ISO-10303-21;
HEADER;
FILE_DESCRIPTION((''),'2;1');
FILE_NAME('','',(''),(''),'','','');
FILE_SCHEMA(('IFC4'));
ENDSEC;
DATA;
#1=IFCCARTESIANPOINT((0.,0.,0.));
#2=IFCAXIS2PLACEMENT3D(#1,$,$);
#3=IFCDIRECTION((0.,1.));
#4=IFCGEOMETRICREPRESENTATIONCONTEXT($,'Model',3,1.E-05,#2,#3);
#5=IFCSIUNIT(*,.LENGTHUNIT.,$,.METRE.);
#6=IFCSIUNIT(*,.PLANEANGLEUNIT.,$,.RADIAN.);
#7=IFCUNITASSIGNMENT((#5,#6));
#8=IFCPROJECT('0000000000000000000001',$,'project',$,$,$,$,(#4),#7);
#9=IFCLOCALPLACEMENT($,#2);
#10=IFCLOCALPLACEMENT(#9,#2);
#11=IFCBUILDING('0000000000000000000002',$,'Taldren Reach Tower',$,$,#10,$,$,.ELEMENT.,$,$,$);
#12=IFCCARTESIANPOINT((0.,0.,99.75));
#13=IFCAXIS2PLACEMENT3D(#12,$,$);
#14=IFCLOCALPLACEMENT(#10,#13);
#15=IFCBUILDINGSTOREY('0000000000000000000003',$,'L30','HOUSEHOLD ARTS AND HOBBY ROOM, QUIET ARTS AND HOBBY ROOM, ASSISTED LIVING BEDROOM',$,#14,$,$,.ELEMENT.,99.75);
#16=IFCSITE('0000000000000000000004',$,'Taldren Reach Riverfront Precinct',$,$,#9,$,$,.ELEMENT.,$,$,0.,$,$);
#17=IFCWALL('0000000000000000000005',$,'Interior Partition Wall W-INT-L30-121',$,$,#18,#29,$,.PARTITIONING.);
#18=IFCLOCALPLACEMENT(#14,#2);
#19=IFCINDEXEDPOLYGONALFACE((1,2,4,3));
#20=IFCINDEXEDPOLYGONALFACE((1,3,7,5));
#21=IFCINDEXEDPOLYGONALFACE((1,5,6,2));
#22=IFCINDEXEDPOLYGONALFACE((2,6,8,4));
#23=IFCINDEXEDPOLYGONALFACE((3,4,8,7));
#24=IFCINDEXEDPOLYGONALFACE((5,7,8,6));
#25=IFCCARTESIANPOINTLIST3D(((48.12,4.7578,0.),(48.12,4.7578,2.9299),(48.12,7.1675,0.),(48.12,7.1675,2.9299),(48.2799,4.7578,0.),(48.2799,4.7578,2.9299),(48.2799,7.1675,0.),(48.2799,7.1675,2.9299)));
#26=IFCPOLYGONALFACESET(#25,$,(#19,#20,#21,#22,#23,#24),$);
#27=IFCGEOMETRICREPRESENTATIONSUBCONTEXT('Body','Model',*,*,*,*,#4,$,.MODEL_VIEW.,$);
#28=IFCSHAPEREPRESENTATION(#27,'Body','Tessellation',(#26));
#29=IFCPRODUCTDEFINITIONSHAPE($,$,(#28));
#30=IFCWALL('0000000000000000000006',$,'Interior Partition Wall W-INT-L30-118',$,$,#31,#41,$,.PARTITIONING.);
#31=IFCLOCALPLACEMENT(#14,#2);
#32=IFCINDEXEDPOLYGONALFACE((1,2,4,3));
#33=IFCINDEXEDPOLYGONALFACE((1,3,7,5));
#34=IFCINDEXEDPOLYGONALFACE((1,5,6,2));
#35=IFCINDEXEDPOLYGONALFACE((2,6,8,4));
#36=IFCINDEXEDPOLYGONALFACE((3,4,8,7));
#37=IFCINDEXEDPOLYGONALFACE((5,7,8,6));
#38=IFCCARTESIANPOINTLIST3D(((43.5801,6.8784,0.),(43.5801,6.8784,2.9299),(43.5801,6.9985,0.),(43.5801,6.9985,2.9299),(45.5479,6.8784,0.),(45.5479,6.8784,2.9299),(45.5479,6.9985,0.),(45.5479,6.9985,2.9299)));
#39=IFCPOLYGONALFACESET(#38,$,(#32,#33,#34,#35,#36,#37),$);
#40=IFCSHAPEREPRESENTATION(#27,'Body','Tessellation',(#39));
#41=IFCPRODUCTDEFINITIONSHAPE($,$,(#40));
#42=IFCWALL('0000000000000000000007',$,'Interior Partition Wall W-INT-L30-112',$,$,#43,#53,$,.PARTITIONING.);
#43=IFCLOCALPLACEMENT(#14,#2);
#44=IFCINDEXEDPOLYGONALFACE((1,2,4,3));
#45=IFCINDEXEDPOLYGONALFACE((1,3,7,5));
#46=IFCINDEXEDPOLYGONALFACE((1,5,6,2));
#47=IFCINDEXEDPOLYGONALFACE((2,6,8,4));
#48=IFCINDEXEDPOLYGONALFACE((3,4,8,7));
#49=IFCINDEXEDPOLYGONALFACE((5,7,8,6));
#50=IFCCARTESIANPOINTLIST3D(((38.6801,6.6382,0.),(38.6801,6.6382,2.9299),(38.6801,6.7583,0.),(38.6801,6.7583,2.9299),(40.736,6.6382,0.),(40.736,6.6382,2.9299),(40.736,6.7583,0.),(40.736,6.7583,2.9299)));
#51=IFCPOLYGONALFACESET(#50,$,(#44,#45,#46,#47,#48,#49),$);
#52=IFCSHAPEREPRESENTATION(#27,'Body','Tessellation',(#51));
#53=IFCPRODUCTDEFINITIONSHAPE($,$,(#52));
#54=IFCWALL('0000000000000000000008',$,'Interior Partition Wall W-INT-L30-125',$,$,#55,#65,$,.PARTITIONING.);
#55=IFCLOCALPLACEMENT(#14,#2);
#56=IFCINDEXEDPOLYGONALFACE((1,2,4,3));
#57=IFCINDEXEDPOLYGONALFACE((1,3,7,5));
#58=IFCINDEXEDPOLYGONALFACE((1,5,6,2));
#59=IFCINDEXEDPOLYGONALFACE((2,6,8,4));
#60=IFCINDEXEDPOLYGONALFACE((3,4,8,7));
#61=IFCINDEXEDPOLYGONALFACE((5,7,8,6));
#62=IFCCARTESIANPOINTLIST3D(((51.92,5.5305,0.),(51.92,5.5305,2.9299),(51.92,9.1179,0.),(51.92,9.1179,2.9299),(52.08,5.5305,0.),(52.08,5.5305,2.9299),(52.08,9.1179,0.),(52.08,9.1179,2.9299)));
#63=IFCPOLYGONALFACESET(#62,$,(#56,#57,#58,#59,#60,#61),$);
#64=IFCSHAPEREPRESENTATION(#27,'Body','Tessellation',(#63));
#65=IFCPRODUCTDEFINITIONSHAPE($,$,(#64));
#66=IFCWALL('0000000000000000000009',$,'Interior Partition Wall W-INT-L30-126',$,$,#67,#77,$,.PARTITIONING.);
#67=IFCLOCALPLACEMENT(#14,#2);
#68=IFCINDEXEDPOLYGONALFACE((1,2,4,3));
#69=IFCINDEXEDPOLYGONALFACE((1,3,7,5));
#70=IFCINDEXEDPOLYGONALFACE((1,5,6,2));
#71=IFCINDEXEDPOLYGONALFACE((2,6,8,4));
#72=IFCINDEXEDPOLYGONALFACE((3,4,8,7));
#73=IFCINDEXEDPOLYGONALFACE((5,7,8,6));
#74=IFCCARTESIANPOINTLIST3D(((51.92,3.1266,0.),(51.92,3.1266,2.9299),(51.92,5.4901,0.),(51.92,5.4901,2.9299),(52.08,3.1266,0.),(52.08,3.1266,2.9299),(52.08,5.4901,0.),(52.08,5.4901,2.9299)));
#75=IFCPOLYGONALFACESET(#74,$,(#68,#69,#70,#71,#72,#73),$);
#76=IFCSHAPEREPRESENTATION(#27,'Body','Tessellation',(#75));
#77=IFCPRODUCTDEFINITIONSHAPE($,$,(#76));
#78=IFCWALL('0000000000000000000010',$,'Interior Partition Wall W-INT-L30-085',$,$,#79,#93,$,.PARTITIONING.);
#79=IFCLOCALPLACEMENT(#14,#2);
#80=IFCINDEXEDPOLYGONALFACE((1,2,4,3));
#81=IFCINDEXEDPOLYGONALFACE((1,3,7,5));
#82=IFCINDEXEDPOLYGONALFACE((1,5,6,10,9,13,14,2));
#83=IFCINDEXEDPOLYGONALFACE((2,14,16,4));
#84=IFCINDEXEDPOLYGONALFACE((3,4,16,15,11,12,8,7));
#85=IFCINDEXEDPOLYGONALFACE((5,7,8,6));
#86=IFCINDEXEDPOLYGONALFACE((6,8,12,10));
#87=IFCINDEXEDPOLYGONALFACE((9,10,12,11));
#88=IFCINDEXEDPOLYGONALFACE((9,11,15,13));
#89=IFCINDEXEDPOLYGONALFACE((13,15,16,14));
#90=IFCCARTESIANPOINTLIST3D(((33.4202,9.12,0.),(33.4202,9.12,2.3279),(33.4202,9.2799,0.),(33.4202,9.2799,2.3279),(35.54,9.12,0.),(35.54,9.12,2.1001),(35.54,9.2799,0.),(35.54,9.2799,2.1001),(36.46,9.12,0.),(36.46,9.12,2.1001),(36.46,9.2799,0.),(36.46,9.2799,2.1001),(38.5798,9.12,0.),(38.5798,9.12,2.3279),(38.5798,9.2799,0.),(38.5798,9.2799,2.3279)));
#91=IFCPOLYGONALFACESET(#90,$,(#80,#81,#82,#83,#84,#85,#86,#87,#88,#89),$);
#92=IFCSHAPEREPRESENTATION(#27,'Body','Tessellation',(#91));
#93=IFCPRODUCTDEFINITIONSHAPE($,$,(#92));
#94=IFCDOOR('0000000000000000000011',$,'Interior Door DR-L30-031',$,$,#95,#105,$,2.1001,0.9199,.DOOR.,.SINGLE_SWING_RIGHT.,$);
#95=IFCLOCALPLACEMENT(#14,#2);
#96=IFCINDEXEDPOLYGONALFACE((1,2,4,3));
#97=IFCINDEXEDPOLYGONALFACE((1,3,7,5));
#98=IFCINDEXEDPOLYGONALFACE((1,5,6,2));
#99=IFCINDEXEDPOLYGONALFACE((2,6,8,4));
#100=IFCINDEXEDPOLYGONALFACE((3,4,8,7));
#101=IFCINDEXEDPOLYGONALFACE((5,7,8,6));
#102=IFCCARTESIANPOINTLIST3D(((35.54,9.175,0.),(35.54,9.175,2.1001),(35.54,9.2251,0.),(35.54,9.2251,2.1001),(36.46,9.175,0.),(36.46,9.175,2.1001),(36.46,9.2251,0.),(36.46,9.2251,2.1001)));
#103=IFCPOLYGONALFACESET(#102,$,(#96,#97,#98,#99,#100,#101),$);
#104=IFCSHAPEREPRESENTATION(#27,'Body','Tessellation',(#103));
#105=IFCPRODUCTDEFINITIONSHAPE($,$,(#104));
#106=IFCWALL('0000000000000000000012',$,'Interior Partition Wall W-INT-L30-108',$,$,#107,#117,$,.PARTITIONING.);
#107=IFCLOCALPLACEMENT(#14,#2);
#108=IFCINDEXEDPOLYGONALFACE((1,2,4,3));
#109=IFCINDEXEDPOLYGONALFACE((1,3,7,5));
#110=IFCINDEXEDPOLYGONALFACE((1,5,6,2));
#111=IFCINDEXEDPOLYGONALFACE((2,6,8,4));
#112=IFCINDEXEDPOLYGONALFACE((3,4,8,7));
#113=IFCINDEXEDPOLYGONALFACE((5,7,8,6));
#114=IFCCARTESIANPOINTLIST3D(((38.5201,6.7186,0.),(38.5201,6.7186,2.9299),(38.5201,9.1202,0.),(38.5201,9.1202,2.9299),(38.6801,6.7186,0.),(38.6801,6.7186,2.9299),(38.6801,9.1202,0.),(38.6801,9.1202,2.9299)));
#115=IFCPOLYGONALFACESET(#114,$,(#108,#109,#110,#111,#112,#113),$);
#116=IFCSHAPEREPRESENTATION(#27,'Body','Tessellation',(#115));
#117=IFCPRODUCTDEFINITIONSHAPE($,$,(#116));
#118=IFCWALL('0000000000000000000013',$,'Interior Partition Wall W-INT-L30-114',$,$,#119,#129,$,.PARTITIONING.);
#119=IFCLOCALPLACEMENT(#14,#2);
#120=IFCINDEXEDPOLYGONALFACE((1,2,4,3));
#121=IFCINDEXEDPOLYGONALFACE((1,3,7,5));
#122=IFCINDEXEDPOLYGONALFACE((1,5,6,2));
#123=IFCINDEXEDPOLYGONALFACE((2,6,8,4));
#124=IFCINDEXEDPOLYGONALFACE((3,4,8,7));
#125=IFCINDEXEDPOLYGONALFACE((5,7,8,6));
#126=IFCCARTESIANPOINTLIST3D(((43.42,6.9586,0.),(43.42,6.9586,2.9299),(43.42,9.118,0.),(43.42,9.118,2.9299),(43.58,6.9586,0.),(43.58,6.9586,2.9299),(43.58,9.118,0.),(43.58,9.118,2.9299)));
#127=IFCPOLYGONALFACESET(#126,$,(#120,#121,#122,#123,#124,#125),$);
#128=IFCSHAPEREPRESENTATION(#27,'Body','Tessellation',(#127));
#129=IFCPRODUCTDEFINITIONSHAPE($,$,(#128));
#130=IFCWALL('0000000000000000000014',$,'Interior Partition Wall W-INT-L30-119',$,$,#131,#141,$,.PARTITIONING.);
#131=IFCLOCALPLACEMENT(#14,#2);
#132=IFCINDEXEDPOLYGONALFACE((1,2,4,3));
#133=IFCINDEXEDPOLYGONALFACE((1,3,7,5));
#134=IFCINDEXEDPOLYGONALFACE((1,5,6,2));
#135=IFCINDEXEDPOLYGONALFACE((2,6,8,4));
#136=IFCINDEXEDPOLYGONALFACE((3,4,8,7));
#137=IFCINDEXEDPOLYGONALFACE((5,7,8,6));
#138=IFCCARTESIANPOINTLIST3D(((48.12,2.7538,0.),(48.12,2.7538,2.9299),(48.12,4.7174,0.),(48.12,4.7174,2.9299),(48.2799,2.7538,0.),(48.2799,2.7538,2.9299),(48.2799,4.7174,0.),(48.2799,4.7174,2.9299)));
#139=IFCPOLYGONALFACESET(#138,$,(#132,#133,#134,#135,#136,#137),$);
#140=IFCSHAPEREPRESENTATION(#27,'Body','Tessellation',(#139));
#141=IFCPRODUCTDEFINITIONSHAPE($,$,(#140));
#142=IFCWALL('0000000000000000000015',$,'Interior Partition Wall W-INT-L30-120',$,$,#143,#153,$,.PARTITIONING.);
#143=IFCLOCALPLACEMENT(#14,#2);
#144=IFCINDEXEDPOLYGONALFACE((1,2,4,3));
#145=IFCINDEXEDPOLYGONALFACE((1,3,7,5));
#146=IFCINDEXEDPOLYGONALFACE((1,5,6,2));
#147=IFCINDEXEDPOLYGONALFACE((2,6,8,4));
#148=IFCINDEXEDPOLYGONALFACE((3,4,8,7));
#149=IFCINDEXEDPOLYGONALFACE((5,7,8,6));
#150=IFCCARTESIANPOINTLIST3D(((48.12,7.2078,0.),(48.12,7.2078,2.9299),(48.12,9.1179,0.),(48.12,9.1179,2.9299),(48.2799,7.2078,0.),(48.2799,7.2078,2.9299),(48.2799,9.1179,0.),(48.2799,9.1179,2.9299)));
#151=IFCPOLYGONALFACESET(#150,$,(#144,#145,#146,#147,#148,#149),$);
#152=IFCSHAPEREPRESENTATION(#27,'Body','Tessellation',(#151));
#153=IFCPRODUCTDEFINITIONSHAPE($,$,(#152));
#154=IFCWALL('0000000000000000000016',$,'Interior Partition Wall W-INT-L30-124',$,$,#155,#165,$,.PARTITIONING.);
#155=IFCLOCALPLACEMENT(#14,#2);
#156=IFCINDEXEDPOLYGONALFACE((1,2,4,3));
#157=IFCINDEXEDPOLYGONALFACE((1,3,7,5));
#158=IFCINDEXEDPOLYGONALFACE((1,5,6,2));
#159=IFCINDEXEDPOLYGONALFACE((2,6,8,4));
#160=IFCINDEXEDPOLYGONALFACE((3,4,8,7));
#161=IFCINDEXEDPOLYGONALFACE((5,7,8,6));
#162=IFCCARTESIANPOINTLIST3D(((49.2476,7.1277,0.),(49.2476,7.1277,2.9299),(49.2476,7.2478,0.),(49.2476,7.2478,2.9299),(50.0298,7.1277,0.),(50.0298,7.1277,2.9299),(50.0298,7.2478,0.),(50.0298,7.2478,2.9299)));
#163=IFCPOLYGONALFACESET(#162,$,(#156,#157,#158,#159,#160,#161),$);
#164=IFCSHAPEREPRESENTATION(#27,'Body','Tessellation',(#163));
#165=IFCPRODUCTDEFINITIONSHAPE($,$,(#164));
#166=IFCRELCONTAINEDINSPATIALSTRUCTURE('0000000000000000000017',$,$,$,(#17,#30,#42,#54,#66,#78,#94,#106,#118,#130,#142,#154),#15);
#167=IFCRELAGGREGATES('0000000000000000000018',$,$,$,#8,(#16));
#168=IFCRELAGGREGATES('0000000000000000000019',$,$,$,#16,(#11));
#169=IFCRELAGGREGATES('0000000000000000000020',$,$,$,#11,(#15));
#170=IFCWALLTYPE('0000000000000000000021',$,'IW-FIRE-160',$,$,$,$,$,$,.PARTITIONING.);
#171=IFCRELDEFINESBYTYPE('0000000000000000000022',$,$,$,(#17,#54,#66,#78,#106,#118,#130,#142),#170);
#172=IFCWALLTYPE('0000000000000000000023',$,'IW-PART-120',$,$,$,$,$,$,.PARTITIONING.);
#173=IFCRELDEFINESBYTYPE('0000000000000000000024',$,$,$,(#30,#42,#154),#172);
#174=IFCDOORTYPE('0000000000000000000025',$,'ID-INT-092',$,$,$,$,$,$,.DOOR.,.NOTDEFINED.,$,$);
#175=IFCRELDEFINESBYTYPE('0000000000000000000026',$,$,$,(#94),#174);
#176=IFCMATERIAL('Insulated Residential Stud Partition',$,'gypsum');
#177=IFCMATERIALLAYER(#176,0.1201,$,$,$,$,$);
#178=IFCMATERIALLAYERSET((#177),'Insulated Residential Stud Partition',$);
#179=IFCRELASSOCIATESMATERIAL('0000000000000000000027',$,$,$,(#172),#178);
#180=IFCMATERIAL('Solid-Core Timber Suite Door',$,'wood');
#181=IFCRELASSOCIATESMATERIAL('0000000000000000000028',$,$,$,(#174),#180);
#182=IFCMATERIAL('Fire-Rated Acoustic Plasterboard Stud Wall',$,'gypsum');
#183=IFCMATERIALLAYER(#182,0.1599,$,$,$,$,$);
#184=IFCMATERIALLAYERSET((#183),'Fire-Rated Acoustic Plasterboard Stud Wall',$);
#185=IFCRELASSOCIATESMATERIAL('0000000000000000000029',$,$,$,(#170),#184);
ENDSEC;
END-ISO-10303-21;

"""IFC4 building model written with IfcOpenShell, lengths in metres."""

from ifc_helpers import new_model, si_unit, direction, frame, frame_2d, origin, place, context, subcontext, project, spatial, rectangle, extrude, source, transform, mapped, material, layer, layer_set, type_object, element, fill, save


model = new_model("IFC4")

# Units and contexts
model_context = context("Model", 3, precision=1e-05, world=origin(), true_north=direction((0.0, 1.0)))
body_context = subcontext(model_context, "Body", "Model", "MODEL_VIEW")
ifc_project = project(units=[si_unit("LENGTHUNIT", "METRE"), si_unit("PLANEANGLEUNIT", "RADIAN")], contexts=[model_context])

# Site, building, storey
site_placement = place(None, origin())
site = spatial("IfcSite", under=ifc_project, at=site_placement, Name="Taldren Reach Riverfront Precinct", CompositionType="ELEMENT", RefElevation=0.0)
building_placement = place(site_placement, origin())
building = spatial("IfcBuilding", under=site, at=building_placement, Name="Taldren Reach Tower", CompositionType="ELEMENT")
storey_placement = place(building_placement, frame((0.0, 0.0, 99.75)))
storey = spatial("IfcBuildingStorey", under=building, at=storey_placement, Name="L30", Description="HOUSEHOLD ARTS AND HOBBY ROOM, QUIET ARTS AND HOBBY ROOM, ASSISTED LIVING BEDROOM", CompositionType="ELEMENT", Elevation=99.75)

# Shared definitions
ifc_material_1 = material(Name="Insulated Residential Stud Partition", Category="gypsum")
ifc_layer_1 = layer(ifc_material_1, 0.1201)
ifc_layer_set_1 = layer_set([ifc_layer_1], Name="Insulated Residential Stud Partition")
wall_type_1 = type_object("IfcWallType", Name="IW-PART-120", PredefinedType="PARTITIONING", material=ifc_layer_set_1)
ifc_material_2 = material(Name="Solid-Core Timber Suite Door", Category="wood")
door_type = type_object("IfcDoorType", Name="ID-INT-092", OperationType="NOTDEFINED", PredefinedType="DOOR", material=ifc_material_2)
shared_shape_1 = source(origin(), body_context, "Body", "SweptSolid", [
    extrude(rectangle(XDim=0.9199, YDim=2.1001, at=frame_2d((0.46, 1.05))), frame((0.0, 0.0249, 0.0), z_axis=(0.0, -1.0, 0.0), x_axis=(1.0, 0.0, 0.0)), (0.0, 0.0, 1.0), 0.05),
])

# Walls
ifc_material_3 = material(Name="Fire-Rated Acoustic Plasterboard Stud Wall", Category="gypsum")
ifc_layer_2 = layer(ifc_material_3, 0.1599)
ifc_layer_set_2 = layer_set([ifc_layer_2], Name="Fire-Rated Acoustic Plasterboard Stud Wall")
wall_type_2 = type_object("IfcWallType", Name="IW-FIRE-160", PredefinedType="PARTITIONING", material=ifc_layer_set_2)
shared_shape_2 = source(origin(), body_context, "Body", "SweptSolid", [
    extrude(rectangle(XDim=2.4097, YDim=0.1599, at=frame_2d((1.2048, 0.0))), origin(), (0.0, 0.0, 1.0), 2.9299),
])
for number, where, z_axis, x_axis, name in (
    (1, (48.2, 7.1675, 0.0), (0.0, 0.0, 1.0), (0.0, -1.0, 0.0), "Interior Partition Wall W-INT-L30-121"),
):
    element("IfcWall", number, at=place(storey_placement, frame(where, z_axis=z_axis, x_axis=x_axis)), inside=storey, type_object=wall_type_2, Name=name, PredefinedType="PARTITIONING", context=body_context, shape_type="MappedRepresentation", body=[
        mapped(shared_shape_2, transform((0.0, 0.0, 0.0), scale=1.0)),
    ])
shared_shape_3 = source(origin(), body_context, "Body", "SweptSolid", [
    extrude(rectangle(XDim=1.9678, YDim=0.1201, at=frame_2d((0.9839, 0.0))), origin(), (0.0, 0.0, 1.0), 2.9299),
])
wall_1_placement = place(storey_placement, frame((45.5479, 6.9385, 0.0), z_axis=(0.0, 0.0, 1.0), x_axis=(-1.0, 0.0, 0.0)))
element("IfcWall", 2, at=wall_1_placement, inside=storey, type_object=wall_type_1, Name="Interior Partition Wall W-INT-L30-118", PredefinedType="PARTITIONING", context=body_context, shape_type="MappedRepresentation", body=[
    mapped(shared_shape_3, transform((0.0, 0.0, 0.0), scale=1.0)),
])
shared_shape_4 = source(origin(), body_context, "Body", "SweptSolid", [
    extrude(rectangle(XDim=2.0559, YDim=0.1201, at=frame_2d((1.0278, 0.0))), origin(), (0.0, 0.0, 1.0), 2.9299),
])
wall_2_placement = place(storey_placement, frame((40.7358, 6.6982, 0.0), z_axis=(0.0, 0.0, 1.0), x_axis=(-1.0, 0.0, 0.0)))
element("IfcWall", 3, at=wall_2_placement, inside=storey, type_object=wall_type_1, Name="Interior Partition Wall W-INT-L30-112", PredefinedType="PARTITIONING", context=body_context, shape_type="MappedRepresentation", body=[
    mapped(shared_shape_4, transform((0.0, 0.0, 0.0), scale=1.0)),
])
shared_shape_5 = source(origin(), body_context, "Body", "SweptSolid", [
    extrude(rectangle(XDim=3.5874, YDim=0.1599, at=frame_2d((1.7937, 0.0))), origin(), (0.0, 0.0, 1.0), 2.9299),
])
wall_3_placement = place(storey_placement, frame((52.0, 9.1179, 0.0), z_axis=(0.0, 0.0, 1.0), x_axis=(0.0, -1.0, 0.0)))
element("IfcWall", 4, at=wall_3_placement, inside=storey, type_object=wall_type_2, Name="Interior Partition Wall W-INT-L30-125", PredefinedType="PARTITIONING", context=body_context, shape_type="MappedRepresentation", body=[
    mapped(shared_shape_5, transform((0.0, 0.0, 0.0), scale=1.0)),
])
shared_shape_6 = source(origin(), body_context, "Body", "SweptSolid", [
    extrude(rectangle(XDim=2.3635, YDim=0.1599, at=frame_2d((1.1816, 0.0))), origin(), (0.0, 0.0, 1.0), 2.9299),
])
wall_4_placement = place(storey_placement, frame((52.0, 5.49, 0.0), z_axis=(0.0, 0.0, 1.0), x_axis=(0.0, -1.0, 0.0)))
element("IfcWall", 5, at=wall_4_placement, inside=storey, type_object=wall_type_2, Name="Interior Partition Wall W-INT-L30-126", PredefinedType="PARTITIONING", context=body_context, shape_type="MappedRepresentation", body=[
    mapped(shared_shape_6, transform((0.0, 0.0, 0.0), scale=1.0)),
])

# Wall, opening, door
shared_shape_7 = source(origin(), body_context, "Body", "SweptSolid", [
    extrude(rectangle(XDim=5.1597, YDim=0.1599, at=frame_2d((2.5798, 0.0))), origin(), (0.0, 0.0, 1.0), 2.3279),
])
wall_5_placement = place(storey_placement, frame((38.5798, 9.2, 0.0), z_axis=(0.0, 0.0, 1.0), x_axis=(-1.0, 0.0, 0.0)))
wall_5 = element("IfcWall", 6, at=wall_5_placement, inside=storey, type_object=wall_type_2, Name="Interior Partition Wall W-INT-L30-085", PredefinedType="PARTITIONING", context=body_context, shape_type="MappedRepresentation", body=[
    mapped(shared_shape_7, transform((0.0, 0.0, 0.0), scale=1.0)),
])
shared_shape_8 = source(origin(), body_context, "Body", "SweptSolid", [
    extrude(rectangle(XDim=0.9199, YDim=2.1001, at=frame_2d((0.46, 1.05))), frame((0.0, 0.0898, 0.0), z_axis=(0.0, -1.0, 0.0), x_axis=(1.0, 0.0, 0.0)), (0.0, 0.0, 1.0), 0.1799),
])
opening_1_placement = place(wall_5_placement, frame((2.1199, 0.0, 0.0)))
opening_1 = element("IfcOpeningElement", 7, at=opening_1_placement, cuts=wall_5, PredefinedType="OPENING", context=body_context, shape_type="MappedRepresentation", body=[
    mapped(shared_shape_8, transform((0.0, 0.0, 0.0), scale=1.0)),
])
door_1_placement = place(opening_1_placement, origin())
door_1 = element("IfcDoor", 8, at=door_1_placement, inside=storey, type_object=door_type, Name="Interior Door DR-L30-031", OperationType="SINGLE_SWING_RIGHT", OverallHeight=2.1001, OverallWidth=0.9199, PredefinedType="DOOR", context=body_context, shape_type="MappedRepresentation", body=[
    mapped(shared_shape_1, transform((0.0, 0.0, 0.0), scale=1.0)),
])
fill(opening_1, door_1)

# Walls
shared_shape_9 = source(origin(), body_context, "Body", "SweptSolid", [
    extrude(rectangle(XDim=2.4016, YDim=0.1599, at=frame_2d((1.2007, 0.0))), origin(), (0.0, 0.0, 1.0), 2.9299),
])
wall_6_placement = place(storey_placement, frame((38.6001, 9.1201, 0.0), z_axis=(0.0, 0.0, 1.0), x_axis=(0.0, -1.0, 0.0)))
element("IfcWall", 9, at=wall_6_placement, inside=storey, type_object=wall_type_2, Name="Interior Partition Wall W-INT-L30-108", PredefinedType="PARTITIONING", context=body_context, shape_type="MappedRepresentation", body=[
    mapped(shared_shape_9, transform((0.0, 0.0, 0.0), scale=1.0)),
])
shared_shape_10 = source(origin(), body_context, "Body", "SweptSolid", [
    extrude(rectangle(XDim=2.1594, YDim=0.1599, at=frame_2d((1.0796, 0.0))), origin(), (0.0, 0.0, 1.0), 2.9299),
])
wall_7_placement = place(storey_placement, frame((43.5, 9.1179, 0.0), z_axis=(0.0, 0.0, 1.0), x_axis=(0.0, -1.0, 0.0)))
element("IfcWall", 10, at=wall_7_placement, inside=storey, type_object=wall_type_2, Name="Interior Partition Wall W-INT-L30-114", PredefinedType="PARTITIONING", context=body_context, shape_type="MappedRepresentation", body=[
    mapped(shared_shape_10, transform((0.0, 0.0, 0.0), scale=1.0)),
])
shared_shape_11 = source(origin(), body_context, "Body", "SweptSolid", [
    extrude(rectangle(XDim=1.9636, YDim=0.1599, at=frame_2d((0.9819, 0.0))), origin(), (0.0, 0.0, 1.0), 2.9299),
])
wall_8_placement = place(storey_placement, frame((48.2, 4.7175, 0.0), z_axis=(0.0, 0.0, 1.0), x_axis=(0.0, -1.0, 0.0)))
element("IfcWall", 11, at=wall_8_placement, inside=storey, type_object=wall_type_2, Name="Interior Partition Wall W-INT-L30-119", PredefinedType="PARTITIONING", context=body_context, shape_type="MappedRepresentation", body=[
    mapped(shared_shape_11, transform((0.0, 0.0, 0.0), scale=1.0)),
])
shared_shape_12 = source(origin(), body_context, "Body", "SweptSolid", [
    extrude(rectangle(XDim=1.9102, YDim=0.1599, at=frame_2d((0.9551, 0.0))), origin(), (0.0, 0.0, 1.0), 2.9299),
])
wall_9_placement = place(storey_placement, frame((48.2, 9.1179, 0.0), z_axis=(0.0, 0.0, 1.0), x_axis=(0.0, -1.0, 0.0)))
element("IfcWall", 12, at=wall_9_placement, inside=storey, type_object=wall_type_2, Name="Interior Partition Wall W-INT-L30-120", PredefinedType="PARTITIONING", context=body_context, shape_type="MappedRepresentation", body=[
    mapped(shared_shape_12, transform((0.0, 0.0, 0.0), scale=1.0)),
])
shared_shape_13 = source(origin(), body_context, "Body", "SweptSolid", [
    extrude(rectangle(XDim=0.7822, YDim=0.1201, at=frame_2d((0.3911, 0.0))), origin(), (0.0, 0.0, 1.0), 2.9299),
])
wall_10_placement = place(storey_placement, frame((50.0298, 7.1877, 0.0), z_axis=(0.0, 0.0, 1.0), x_axis=(-1.0, 0.0, 0.0)))
element("IfcWall", 13, at=wall_10_placement, inside=storey, type_object=wall_type_1, Name="Interior Partition Wall W-INT-L30-124", PredefinedType="PARTITIONING", context=body_context, shape_type="MappedRepresentation", body=[
    mapped(shared_shape_13, transform((0.0, 0.0, 0.0), scale=1.0)),
])

save(model, "model.ifc")
